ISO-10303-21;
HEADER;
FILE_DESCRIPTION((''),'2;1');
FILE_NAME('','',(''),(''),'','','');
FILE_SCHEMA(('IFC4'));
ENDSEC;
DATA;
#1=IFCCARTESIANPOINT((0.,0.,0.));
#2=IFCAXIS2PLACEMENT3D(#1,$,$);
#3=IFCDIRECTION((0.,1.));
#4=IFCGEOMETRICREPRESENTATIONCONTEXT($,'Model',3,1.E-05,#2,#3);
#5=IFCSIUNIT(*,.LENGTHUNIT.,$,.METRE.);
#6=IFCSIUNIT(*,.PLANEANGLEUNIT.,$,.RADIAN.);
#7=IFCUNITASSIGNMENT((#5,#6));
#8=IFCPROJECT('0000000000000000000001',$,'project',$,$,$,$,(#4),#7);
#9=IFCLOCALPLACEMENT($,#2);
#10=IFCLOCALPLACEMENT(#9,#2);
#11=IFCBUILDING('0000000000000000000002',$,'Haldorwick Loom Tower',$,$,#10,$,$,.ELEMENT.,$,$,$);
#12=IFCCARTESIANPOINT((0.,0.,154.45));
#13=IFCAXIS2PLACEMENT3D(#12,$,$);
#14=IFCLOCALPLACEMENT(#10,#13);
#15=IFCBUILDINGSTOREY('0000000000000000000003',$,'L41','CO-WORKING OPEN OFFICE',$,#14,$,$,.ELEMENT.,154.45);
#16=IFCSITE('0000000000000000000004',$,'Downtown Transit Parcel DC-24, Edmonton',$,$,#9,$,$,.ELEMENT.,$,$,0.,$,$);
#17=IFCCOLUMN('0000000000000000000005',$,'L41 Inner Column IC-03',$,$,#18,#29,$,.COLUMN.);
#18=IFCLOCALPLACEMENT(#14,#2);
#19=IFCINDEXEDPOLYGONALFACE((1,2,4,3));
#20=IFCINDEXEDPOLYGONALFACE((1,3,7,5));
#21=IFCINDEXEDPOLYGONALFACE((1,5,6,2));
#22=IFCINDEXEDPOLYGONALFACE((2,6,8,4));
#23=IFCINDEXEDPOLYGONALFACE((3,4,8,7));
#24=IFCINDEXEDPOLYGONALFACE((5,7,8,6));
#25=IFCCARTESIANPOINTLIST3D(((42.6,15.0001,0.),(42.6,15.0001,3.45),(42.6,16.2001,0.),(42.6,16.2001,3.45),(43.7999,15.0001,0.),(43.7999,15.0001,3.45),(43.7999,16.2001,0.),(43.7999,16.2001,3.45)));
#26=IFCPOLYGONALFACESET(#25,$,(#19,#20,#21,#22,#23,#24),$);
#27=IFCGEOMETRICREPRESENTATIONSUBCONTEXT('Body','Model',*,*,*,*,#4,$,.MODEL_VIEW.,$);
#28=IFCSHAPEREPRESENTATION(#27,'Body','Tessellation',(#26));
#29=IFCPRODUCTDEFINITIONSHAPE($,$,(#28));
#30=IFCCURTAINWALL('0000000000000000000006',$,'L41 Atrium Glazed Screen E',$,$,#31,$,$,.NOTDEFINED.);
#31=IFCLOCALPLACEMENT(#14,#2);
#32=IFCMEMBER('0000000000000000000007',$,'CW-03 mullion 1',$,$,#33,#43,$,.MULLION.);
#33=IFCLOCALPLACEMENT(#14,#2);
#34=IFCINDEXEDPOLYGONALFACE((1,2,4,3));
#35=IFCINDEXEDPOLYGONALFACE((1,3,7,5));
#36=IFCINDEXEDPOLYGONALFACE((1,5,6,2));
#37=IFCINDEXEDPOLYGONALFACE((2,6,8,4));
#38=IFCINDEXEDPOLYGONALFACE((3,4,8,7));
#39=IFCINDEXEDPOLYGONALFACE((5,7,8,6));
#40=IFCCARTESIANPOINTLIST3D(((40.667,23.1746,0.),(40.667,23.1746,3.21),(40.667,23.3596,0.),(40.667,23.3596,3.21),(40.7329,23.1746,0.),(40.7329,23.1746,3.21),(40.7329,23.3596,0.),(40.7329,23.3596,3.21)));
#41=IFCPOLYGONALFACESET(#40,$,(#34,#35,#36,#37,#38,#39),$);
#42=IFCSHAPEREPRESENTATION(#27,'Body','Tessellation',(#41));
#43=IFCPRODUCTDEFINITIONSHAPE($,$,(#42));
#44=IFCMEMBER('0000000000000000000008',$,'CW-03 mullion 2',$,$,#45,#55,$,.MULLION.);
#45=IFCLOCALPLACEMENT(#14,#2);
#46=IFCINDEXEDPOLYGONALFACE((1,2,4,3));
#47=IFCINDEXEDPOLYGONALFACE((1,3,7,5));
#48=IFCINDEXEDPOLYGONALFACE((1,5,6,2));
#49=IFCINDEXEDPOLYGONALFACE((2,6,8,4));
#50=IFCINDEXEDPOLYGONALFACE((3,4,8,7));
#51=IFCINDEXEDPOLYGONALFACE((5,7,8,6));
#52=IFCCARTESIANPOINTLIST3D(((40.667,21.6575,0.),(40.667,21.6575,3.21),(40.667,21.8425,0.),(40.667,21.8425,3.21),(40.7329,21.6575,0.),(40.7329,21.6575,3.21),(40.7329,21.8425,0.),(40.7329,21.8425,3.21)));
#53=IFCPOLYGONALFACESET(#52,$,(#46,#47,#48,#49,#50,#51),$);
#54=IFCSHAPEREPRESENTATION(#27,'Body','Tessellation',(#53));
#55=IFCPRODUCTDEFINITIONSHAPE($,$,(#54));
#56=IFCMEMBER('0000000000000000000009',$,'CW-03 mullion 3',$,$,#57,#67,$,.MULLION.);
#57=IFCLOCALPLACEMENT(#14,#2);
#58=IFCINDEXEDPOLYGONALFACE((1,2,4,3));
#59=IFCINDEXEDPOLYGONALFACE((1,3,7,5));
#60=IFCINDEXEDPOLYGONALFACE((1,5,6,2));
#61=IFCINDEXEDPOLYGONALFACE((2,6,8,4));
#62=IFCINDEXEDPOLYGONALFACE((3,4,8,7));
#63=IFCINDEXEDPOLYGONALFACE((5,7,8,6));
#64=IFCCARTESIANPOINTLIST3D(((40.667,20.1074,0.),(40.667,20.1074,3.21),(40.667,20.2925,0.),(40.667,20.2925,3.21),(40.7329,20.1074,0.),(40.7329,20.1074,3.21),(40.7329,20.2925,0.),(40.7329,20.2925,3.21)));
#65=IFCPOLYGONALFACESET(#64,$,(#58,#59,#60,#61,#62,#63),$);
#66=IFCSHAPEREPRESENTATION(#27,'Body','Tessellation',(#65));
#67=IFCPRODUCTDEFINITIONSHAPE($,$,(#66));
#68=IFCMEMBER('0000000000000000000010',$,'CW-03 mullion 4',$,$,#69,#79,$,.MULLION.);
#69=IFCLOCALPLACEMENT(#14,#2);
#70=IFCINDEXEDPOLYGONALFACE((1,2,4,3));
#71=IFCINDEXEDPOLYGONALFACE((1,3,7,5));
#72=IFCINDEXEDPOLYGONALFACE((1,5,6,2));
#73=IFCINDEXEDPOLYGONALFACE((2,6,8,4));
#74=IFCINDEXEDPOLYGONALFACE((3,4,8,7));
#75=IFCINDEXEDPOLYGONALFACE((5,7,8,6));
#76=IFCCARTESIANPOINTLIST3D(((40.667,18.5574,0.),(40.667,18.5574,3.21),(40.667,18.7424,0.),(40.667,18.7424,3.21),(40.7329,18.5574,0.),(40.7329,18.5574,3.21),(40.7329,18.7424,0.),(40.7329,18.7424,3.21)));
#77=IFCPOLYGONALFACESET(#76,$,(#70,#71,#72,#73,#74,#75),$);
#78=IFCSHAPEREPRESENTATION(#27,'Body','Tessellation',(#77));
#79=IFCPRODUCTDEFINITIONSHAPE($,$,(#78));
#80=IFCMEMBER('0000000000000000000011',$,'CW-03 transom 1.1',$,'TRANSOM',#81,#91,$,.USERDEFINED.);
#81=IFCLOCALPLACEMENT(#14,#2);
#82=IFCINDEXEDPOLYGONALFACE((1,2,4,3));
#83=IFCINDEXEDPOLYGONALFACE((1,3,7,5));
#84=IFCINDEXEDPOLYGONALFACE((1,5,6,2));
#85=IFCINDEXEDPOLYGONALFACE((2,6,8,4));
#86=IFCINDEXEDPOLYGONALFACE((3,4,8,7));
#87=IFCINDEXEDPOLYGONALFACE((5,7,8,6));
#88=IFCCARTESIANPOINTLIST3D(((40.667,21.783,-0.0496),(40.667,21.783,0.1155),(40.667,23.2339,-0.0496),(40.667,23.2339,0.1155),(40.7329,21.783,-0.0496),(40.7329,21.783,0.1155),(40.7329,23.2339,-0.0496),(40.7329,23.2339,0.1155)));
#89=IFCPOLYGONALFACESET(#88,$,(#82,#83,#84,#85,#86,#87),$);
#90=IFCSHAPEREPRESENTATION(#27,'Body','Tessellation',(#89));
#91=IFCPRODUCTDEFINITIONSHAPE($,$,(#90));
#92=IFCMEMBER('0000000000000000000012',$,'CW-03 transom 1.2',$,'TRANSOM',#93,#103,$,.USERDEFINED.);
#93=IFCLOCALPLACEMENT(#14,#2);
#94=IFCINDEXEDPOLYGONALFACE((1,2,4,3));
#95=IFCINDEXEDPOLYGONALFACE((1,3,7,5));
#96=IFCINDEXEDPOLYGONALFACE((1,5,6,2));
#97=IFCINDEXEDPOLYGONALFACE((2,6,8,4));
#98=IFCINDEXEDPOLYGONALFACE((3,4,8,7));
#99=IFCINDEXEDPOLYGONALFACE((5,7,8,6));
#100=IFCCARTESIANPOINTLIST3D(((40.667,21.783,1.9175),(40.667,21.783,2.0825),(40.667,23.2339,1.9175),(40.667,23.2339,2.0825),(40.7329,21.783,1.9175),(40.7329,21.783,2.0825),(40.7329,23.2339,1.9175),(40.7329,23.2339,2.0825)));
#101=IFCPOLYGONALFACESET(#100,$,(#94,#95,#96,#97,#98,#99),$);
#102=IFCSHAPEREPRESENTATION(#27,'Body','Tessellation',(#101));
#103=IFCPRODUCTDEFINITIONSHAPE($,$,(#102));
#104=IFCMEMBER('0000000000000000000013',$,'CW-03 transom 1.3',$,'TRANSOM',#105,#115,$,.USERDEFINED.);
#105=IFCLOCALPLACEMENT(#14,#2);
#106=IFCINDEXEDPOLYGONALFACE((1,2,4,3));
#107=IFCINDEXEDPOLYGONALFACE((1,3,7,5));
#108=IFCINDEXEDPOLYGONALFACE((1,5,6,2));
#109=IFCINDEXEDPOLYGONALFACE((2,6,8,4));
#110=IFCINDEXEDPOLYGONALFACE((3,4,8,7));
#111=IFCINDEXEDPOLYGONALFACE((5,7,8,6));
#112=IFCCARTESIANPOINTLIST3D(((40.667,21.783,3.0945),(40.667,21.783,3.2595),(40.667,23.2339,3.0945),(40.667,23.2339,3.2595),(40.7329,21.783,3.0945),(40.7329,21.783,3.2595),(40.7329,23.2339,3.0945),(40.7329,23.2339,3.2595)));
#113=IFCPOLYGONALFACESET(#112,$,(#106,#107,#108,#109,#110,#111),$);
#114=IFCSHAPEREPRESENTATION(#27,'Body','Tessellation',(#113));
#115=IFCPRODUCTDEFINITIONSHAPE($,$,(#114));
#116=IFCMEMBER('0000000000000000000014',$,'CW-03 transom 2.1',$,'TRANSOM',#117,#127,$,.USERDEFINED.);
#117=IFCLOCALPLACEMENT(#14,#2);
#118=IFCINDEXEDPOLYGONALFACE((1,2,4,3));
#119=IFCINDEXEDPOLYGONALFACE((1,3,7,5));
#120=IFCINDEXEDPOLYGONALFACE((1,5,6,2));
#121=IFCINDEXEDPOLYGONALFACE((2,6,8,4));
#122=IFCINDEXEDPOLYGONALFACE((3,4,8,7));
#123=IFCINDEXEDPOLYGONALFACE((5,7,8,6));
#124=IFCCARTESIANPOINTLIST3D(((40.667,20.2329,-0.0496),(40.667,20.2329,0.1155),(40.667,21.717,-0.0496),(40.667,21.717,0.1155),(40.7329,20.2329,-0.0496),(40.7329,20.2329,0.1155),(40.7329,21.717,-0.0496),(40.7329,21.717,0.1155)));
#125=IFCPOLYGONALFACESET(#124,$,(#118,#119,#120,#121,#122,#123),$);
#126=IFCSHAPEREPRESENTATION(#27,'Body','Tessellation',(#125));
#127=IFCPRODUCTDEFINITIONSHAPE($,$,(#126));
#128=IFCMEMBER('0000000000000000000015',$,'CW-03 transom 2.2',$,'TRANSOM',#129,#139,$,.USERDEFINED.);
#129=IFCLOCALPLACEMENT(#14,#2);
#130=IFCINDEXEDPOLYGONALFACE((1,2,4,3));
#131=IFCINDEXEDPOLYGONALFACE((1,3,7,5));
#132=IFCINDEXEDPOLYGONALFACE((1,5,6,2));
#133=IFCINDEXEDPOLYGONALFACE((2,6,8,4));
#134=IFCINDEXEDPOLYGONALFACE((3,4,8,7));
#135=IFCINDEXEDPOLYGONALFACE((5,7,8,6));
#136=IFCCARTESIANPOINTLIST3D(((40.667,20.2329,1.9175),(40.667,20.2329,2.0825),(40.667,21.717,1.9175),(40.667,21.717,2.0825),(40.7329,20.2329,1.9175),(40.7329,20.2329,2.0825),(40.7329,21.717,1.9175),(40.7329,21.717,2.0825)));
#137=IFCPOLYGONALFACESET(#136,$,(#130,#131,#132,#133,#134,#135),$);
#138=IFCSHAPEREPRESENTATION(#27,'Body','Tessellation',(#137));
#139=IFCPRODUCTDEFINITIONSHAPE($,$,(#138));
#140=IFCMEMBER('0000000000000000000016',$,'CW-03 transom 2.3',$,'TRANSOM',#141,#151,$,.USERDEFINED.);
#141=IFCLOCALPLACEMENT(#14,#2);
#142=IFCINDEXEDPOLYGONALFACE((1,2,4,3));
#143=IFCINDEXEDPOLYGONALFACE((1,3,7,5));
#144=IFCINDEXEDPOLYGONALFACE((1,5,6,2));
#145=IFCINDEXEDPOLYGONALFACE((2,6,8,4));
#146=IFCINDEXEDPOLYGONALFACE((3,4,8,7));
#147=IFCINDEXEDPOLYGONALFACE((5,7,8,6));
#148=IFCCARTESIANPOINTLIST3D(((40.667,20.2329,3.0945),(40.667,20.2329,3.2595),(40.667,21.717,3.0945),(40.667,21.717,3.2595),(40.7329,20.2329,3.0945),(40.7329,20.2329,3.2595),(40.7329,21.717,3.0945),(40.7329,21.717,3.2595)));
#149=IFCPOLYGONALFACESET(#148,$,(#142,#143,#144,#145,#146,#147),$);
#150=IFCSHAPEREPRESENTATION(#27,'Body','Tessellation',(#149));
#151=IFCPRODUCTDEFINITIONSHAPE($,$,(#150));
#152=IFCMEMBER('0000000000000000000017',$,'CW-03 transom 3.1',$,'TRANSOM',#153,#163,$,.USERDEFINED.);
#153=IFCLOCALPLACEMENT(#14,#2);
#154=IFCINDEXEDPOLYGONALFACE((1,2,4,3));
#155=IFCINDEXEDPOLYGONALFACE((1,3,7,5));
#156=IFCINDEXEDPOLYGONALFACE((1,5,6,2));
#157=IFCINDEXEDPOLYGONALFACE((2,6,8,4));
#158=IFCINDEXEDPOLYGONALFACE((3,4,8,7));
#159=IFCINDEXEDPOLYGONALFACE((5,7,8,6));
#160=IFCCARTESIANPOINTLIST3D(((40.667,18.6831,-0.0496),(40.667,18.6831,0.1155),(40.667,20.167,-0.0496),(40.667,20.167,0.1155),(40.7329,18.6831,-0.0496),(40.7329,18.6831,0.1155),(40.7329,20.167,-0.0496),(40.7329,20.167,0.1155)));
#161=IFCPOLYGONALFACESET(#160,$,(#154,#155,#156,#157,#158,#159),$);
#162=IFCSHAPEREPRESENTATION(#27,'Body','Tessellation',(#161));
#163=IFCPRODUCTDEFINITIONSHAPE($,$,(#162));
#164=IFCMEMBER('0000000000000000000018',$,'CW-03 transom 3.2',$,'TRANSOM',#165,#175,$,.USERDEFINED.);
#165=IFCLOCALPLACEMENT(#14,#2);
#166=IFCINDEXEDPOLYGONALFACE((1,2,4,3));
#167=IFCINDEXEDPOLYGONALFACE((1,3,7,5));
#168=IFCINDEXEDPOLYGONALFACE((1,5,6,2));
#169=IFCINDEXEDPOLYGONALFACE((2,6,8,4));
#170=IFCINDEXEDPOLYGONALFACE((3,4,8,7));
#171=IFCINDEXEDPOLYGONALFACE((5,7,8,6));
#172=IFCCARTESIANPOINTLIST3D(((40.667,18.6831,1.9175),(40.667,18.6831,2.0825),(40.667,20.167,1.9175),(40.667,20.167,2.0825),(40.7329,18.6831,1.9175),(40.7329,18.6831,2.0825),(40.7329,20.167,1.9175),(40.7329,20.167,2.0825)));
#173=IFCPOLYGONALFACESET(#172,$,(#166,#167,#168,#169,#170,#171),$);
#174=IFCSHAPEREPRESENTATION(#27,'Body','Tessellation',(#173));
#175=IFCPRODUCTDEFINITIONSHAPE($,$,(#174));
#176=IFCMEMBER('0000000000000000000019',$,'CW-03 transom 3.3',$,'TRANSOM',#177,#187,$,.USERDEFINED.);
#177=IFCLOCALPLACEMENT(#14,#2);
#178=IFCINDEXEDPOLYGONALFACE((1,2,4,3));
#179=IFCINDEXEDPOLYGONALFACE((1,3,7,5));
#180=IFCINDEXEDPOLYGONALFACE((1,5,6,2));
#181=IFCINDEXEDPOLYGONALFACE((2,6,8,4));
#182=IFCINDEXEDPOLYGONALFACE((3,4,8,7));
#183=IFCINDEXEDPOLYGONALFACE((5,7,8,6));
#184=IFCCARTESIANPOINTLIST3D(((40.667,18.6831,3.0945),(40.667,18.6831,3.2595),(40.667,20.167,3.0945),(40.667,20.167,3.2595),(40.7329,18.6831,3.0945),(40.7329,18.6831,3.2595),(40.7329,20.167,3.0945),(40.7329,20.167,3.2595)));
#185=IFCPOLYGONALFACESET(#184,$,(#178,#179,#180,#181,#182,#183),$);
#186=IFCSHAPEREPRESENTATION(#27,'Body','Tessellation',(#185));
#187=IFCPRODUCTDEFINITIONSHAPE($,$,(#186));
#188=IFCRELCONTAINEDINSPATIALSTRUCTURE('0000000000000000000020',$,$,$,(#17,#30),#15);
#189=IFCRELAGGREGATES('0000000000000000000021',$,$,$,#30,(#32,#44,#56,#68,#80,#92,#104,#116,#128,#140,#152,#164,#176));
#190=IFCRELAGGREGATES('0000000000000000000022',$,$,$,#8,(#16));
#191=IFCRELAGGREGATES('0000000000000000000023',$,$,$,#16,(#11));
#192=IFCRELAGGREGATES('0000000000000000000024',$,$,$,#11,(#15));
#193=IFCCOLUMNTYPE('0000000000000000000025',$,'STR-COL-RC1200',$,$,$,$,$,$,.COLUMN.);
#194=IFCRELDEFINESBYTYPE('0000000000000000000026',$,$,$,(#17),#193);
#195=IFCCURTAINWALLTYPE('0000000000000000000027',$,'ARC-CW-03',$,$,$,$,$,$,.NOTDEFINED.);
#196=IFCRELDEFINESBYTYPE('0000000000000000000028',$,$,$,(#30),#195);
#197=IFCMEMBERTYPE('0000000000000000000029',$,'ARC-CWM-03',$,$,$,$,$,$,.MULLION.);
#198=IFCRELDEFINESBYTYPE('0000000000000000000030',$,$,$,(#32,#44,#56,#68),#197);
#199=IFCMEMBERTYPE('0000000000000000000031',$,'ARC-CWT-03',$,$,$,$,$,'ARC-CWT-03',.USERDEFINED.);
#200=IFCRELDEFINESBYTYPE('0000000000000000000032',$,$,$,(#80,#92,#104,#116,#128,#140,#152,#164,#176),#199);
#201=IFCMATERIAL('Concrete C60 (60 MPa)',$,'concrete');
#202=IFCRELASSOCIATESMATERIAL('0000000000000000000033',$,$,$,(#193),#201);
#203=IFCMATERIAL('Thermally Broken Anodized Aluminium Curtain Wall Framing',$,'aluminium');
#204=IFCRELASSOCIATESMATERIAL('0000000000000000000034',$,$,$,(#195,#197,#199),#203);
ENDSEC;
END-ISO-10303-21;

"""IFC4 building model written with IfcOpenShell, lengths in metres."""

from ifc_helpers import new_model, si_unit, direction, frame, origin, origin_2d, place, context, subcontext, project, spatial, rectangle, extrude, material, material_profile, profile_set, type_object, element, aggregate, save


model = new_model("IFC4")

# Units and contexts
model_context = context("Model", 3, precision=1e-05, world=origin(), true_north=direction((0.0, 1.0)))
body_context = subcontext(model_context, "Body", "Model", "MODEL_VIEW")
ifc_project = project(units=[si_unit("LENGTHUNIT", "METRE"), si_unit("PLANEANGLEUNIT", "RADIAN")], contexts=[model_context])

# Site, building, storey
site_placement = place(None, origin())
site = spatial("IfcSite", under=ifc_project, at=site_placement, Name="Downtown Transit Parcel DC-24, Edmonton", CompositionType="ELEMENT", RefElevation=0.0)
building_placement = place(site_placement, origin())
building = spatial("IfcBuilding", under=site, at=building_placement, Name="Haldorwick Loom Tower", CompositionType="ELEMENT")
storey_placement = place(building_placement, frame((0.0, 0.0, 154.45)))
storey = spatial("IfcBuildingStorey", under=building, at=storey_placement, Name="L41", Description="CO-WORKING OPEN OFFICE", CompositionType="ELEMENT", Elevation=154.45)

# Column
ifc_material_1 = material(Name="Concrete C60 (60 MPa)", Category="concrete")
ifc_material_profile_1 = material_profile(ifc_material_1, rectangle(XDim=1.2, YDim=1.2, at=origin_2d()), Name="RC1200X1200", Category="concrete")
ifc_profile_set_1 = profile_set([ifc_material_profile_1], Name="Concrete C60 (60 MPa)")
column_type = type_object("IfcColumnType", Name="STR-COL-RC1200", PredefinedType="COLUMN", material=ifc_profile_set_1)
column_placement = place(storey_placement, frame((43.2, 15.6001, 0.0), z_axis=(0.0, 0.0, 1.0), x_axis=(1.0, 0.0, 0.0)))
element("IfcColumn", 1, at=column_placement, inside=storey, type_object=column_type, Name="L41 Inner Column IC-03", PredefinedType="COLUMN", context=body_context, shape_type="SweptSolid", body=[
    extrude(rectangle(XDim=1.2, YDim=1.2, at=origin_2d()), origin(), (0.0, 0.0, 1.0), 3.45),
])

# Curtain wall, members
ifc_material_2 = material(Name="Thermally Broken Anodized Aluminium Curtain Wall Framing", Category="aluminium")
curtain_wall_type = type_object("IfcCurtainWallType", Name="ARC-CW-03", PredefinedType="NOTDEFINED", material=ifc_material_2)
curtain_wall_placement = place(storey_placement, origin())
curtain_wall = element("IfcCurtainWall", 2, at=curtain_wall_placement, inside=storey, type_object=curtain_wall_type, Name="L41 Atrium Glazed Screen E", PredefinedType="NOTDEFINED")
ifc_material_profile_2 = material_profile(ifc_material_2, rectangle(XDim=0.0659, YDim=0.1851, at=origin_2d()), Name="ALU_MUL_66X185", Category="aluminium")
ifc_profile_set_2 = profile_set([ifc_material_profile_2], Name="Thermally Broken Anodized Aluminium Curtain Wall Framing")
member_type_1 = type_object("IfcMemberType", Name="ARC-CWM-03", PredefinedType="MULLION", material=ifc_profile_set_2)
member_1_placement = place(storey_placement, frame((40.7, 23.2671, 0.0), z_axis=(0.0, 0.0, 1.0), x_axis=(1.0, 0.0, 0.0)))
member_1 = element("IfcMember", 3, at=member_1_placement, type_object=member_type_1, Name="CW-03 mullion 1", PredefinedType="MULLION", context=body_context, shape_type="SweptSolid", body=[
    extrude(rectangle(XDim=0.0659, YDim=0.1851, at=origin_2d()), origin(), (0.0, 0.0, 1.0), 3.21),
])
member_2_placement = place(storey_placement, frame((40.7, 21.75, 0.0), z_axis=(0.0, 0.0, 1.0), x_axis=(1.0, 0.0, 0.0)))
member_2 = element("IfcMember", 4, at=member_2_placement, type_object=member_type_1, Name="CW-03 mullion 2", PredefinedType="MULLION", context=body_context, shape_type="SweptSolid", body=[
    extrude(rectangle(XDim=0.0659, YDim=0.1851, at=origin_2d()), origin(), (0.0, 0.0, 1.0), 3.21),
])
member_3_placement = place(storey_placement, frame((40.7, 20.2, 0.0), z_axis=(0.0, 0.0, 1.0), x_axis=(1.0, 0.0, 0.0)))
member_3 = element("IfcMember", 5, at=member_3_placement, type_object=member_type_1, Name="CW-03 mullion 3", PredefinedType="MULLION", context=body_context, shape_type="SweptSolid", body=[
    extrude(rectangle(XDim=0.0659, YDim=0.1851, at=origin_2d()), origin(), (0.0, 0.0, 1.0), 3.21),
])
member_4_placement = place(storey_placement, frame((40.7, 18.6499, 0.0), z_axis=(0.0, 0.0, 1.0), x_axis=(1.0, 0.0, 0.0)))
member_4 = element("IfcMember", 6, at=member_4_placement, type_object=member_type_1, Name="CW-03 mullion 4", PredefinedType="MULLION", context=body_context, shape_type="SweptSolid", body=[
    extrude(rectangle(XDim=0.0659, YDim=0.1851, at=origin_2d()), origin(), (0.0, 0.0, 1.0), 3.21),
])
ifc_material_profile_3 = material_profile(ifc_material_2, rectangle(XDim=0.0659, YDim=0.165, at=origin_2d()), Name="ALU_TRN_66X165", Category="aluminium")
ifc_profile_set_3 = profile_set([ifc_material_profile_3], Name="Thermally Broken Anodized Aluminium Curtain Wall Framing")
member_type_2 = type_object("IfcMemberType", Name="ARC-CWT-03", ElementType="ARC-CWT-03", PredefinedType="USERDEFINED", material=ifc_profile_set_3)
member_5_placement = place(storey_placement, frame((40.7, 23.2339, 0.033), z_axis=(0.0, -1.0, 0.0), x_axis=(1.0, 0.0, 0.0)))
member_5 = element("IfcMember", 7, at=member_5_placement, type_object=member_type_2, Name="CW-03 transom 1.1", ObjectType="TRANSOM", PredefinedType="USERDEFINED", context=body_context, shape_type="SweptSolid", body=[
    extrude(rectangle(XDim=0.0659, YDim=0.165, at=origin_2d()), origin(), (0.0, 0.0, 1.0), 1.4509),
])
member_6_placement = place(storey_placement, frame((40.7, 23.2339, 2.0), z_axis=(0.0, -1.0, 0.0), x_axis=(1.0, 0.0, 0.0)))
member_6 = element("IfcMember", 8, at=member_6_placement, type_object=member_type_2, Name="CW-03 transom 1.2", ObjectType="TRANSOM", PredefinedType="USERDEFINED", context=body_context, shape_type="SweptSolid", body=[
    extrude(rectangle(XDim=0.0659, YDim=0.165, at=origin_2d()), origin(), (0.0, 0.0, 1.0), 1.4509),
])
member_7_placement = place(storey_placement, frame((40.7, 23.2339, 3.177), z_axis=(0.0, -1.0, 0.0), x_axis=(1.0, 0.0, 0.0)))
member_7 = element("IfcMember", 9, at=member_7_placement, type_object=member_type_2, Name="CW-03 transom 1.3", ObjectType="TRANSOM", PredefinedType="USERDEFINED", context=body_context, shape_type="SweptSolid", body=[
    extrude(rectangle(XDim=0.0659, YDim=0.165, at=origin_2d()), origin(), (0.0, 0.0, 1.0), 1.4509),
])
member_8_placement = place(storey_placement, frame((40.7, 21.717, 0.033), z_axis=(0.0, -1.0, 0.0), x_axis=(1.0, 0.0, 0.0)))
member_8 = element("IfcMember", 10, at=member_8_placement, type_object=member_type_2, Name="CW-03 transom 2.1", ObjectType="TRANSOM", PredefinedType="USERDEFINED", context=body_context, shape_type="SweptSolid", body=[
    extrude(rectangle(XDim=0.0659, YDim=0.165, at=origin_2d()), origin(), (0.0, 0.0, 1.0), 1.4841),
])
member_9_placement = place(storey_placement, frame((40.7, 21.717, 2.0), z_axis=(0.0, -1.0, 0.0), x_axis=(1.0, 0.0, 0.0)))
member_9 = element("IfcMember", 11, at=member_9_placement, type_object=member_type_2, Name="CW-03 transom 2.2", ObjectType="TRANSOM", PredefinedType="USERDEFINED", context=body_context, shape_type="SweptSolid", body=[
    extrude(rectangle(XDim=0.0659, YDim=0.165, at=origin_2d()), origin(), (0.0, 0.0, 1.0), 1.4841),
])
member_10_placement = place(storey_placement, frame((40.7, 21.717, 3.177), z_axis=(0.0, -1.0, 0.0), x_axis=(1.0, 0.0, 0.0)))
member_10 = element("IfcMember", 12, at=member_10_placement, type_object=member_type_2, Name="CW-03 transom 2.3", ObjectType="TRANSOM", PredefinedType="USERDEFINED", context=body_context, shape_type="SweptSolid", body=[
    extrude(rectangle(XDim=0.0659, YDim=0.165, at=origin_2d()), origin(), (0.0, 0.0, 1.0), 1.4841),
])
member_11_placement = place(storey_placement, frame((40.7, 20.167, 0.033), z_axis=(0.0, -1.0, 0.0), x_axis=(1.0, 0.0, 0.0)))
member_11 = element("IfcMember", 13, at=member_11_placement, type_object=member_type_2, Name="CW-03 transom 3.1", ObjectType="TRANSOM", PredefinedType="USERDEFINED", context=body_context, shape_type="SweptSolid", body=[
    extrude(rectangle(XDim=0.0659, YDim=0.165, at=origin_2d()), origin(), (0.0, 0.0, 1.0), 1.4839),
])
member_12_placement = place(storey_placement, frame((40.7, 20.167, 2.0), z_axis=(0.0, -1.0, 0.0), x_axis=(1.0, 0.0, 0.0)))
member_12 = element("IfcMember", 14, at=member_12_placement, type_object=member_type_2, Name="CW-03 transom 3.2", ObjectType="TRANSOM", PredefinedType="USERDEFINED", context=body_context, shape_type="SweptSolid", body=[
    extrude(rectangle(XDim=0.0659, YDim=0.165, at=origin_2d()), origin(), (0.0, 0.0, 1.0), 1.4839),
])
member_13_placement = place(storey_placement, frame((40.7, 20.167, 3.177), z_axis=(0.0, -1.0, 0.0), x_axis=(1.0, 0.0, 0.0)))
member_13 = element("IfcMember", 15, at=member_13_placement, type_object=member_type_2, Name="CW-03 transom 3.3", ObjectType="TRANSOM", PredefinedType="USERDEFINED", context=body_context, shape_type="SweptSolid", body=[
    extrude(rectangle(XDim=0.0659, YDim=0.165, at=origin_2d()), origin(), (0.0, 0.0, 1.0), 1.4839),
])

aggregate(curtain_wall, [member_1, member_2, member_3, member_4, member_5, member_6, member_7, member_8, member_9, member_10, member_11, member_12, member_13])

save(model, "model.ifc")
